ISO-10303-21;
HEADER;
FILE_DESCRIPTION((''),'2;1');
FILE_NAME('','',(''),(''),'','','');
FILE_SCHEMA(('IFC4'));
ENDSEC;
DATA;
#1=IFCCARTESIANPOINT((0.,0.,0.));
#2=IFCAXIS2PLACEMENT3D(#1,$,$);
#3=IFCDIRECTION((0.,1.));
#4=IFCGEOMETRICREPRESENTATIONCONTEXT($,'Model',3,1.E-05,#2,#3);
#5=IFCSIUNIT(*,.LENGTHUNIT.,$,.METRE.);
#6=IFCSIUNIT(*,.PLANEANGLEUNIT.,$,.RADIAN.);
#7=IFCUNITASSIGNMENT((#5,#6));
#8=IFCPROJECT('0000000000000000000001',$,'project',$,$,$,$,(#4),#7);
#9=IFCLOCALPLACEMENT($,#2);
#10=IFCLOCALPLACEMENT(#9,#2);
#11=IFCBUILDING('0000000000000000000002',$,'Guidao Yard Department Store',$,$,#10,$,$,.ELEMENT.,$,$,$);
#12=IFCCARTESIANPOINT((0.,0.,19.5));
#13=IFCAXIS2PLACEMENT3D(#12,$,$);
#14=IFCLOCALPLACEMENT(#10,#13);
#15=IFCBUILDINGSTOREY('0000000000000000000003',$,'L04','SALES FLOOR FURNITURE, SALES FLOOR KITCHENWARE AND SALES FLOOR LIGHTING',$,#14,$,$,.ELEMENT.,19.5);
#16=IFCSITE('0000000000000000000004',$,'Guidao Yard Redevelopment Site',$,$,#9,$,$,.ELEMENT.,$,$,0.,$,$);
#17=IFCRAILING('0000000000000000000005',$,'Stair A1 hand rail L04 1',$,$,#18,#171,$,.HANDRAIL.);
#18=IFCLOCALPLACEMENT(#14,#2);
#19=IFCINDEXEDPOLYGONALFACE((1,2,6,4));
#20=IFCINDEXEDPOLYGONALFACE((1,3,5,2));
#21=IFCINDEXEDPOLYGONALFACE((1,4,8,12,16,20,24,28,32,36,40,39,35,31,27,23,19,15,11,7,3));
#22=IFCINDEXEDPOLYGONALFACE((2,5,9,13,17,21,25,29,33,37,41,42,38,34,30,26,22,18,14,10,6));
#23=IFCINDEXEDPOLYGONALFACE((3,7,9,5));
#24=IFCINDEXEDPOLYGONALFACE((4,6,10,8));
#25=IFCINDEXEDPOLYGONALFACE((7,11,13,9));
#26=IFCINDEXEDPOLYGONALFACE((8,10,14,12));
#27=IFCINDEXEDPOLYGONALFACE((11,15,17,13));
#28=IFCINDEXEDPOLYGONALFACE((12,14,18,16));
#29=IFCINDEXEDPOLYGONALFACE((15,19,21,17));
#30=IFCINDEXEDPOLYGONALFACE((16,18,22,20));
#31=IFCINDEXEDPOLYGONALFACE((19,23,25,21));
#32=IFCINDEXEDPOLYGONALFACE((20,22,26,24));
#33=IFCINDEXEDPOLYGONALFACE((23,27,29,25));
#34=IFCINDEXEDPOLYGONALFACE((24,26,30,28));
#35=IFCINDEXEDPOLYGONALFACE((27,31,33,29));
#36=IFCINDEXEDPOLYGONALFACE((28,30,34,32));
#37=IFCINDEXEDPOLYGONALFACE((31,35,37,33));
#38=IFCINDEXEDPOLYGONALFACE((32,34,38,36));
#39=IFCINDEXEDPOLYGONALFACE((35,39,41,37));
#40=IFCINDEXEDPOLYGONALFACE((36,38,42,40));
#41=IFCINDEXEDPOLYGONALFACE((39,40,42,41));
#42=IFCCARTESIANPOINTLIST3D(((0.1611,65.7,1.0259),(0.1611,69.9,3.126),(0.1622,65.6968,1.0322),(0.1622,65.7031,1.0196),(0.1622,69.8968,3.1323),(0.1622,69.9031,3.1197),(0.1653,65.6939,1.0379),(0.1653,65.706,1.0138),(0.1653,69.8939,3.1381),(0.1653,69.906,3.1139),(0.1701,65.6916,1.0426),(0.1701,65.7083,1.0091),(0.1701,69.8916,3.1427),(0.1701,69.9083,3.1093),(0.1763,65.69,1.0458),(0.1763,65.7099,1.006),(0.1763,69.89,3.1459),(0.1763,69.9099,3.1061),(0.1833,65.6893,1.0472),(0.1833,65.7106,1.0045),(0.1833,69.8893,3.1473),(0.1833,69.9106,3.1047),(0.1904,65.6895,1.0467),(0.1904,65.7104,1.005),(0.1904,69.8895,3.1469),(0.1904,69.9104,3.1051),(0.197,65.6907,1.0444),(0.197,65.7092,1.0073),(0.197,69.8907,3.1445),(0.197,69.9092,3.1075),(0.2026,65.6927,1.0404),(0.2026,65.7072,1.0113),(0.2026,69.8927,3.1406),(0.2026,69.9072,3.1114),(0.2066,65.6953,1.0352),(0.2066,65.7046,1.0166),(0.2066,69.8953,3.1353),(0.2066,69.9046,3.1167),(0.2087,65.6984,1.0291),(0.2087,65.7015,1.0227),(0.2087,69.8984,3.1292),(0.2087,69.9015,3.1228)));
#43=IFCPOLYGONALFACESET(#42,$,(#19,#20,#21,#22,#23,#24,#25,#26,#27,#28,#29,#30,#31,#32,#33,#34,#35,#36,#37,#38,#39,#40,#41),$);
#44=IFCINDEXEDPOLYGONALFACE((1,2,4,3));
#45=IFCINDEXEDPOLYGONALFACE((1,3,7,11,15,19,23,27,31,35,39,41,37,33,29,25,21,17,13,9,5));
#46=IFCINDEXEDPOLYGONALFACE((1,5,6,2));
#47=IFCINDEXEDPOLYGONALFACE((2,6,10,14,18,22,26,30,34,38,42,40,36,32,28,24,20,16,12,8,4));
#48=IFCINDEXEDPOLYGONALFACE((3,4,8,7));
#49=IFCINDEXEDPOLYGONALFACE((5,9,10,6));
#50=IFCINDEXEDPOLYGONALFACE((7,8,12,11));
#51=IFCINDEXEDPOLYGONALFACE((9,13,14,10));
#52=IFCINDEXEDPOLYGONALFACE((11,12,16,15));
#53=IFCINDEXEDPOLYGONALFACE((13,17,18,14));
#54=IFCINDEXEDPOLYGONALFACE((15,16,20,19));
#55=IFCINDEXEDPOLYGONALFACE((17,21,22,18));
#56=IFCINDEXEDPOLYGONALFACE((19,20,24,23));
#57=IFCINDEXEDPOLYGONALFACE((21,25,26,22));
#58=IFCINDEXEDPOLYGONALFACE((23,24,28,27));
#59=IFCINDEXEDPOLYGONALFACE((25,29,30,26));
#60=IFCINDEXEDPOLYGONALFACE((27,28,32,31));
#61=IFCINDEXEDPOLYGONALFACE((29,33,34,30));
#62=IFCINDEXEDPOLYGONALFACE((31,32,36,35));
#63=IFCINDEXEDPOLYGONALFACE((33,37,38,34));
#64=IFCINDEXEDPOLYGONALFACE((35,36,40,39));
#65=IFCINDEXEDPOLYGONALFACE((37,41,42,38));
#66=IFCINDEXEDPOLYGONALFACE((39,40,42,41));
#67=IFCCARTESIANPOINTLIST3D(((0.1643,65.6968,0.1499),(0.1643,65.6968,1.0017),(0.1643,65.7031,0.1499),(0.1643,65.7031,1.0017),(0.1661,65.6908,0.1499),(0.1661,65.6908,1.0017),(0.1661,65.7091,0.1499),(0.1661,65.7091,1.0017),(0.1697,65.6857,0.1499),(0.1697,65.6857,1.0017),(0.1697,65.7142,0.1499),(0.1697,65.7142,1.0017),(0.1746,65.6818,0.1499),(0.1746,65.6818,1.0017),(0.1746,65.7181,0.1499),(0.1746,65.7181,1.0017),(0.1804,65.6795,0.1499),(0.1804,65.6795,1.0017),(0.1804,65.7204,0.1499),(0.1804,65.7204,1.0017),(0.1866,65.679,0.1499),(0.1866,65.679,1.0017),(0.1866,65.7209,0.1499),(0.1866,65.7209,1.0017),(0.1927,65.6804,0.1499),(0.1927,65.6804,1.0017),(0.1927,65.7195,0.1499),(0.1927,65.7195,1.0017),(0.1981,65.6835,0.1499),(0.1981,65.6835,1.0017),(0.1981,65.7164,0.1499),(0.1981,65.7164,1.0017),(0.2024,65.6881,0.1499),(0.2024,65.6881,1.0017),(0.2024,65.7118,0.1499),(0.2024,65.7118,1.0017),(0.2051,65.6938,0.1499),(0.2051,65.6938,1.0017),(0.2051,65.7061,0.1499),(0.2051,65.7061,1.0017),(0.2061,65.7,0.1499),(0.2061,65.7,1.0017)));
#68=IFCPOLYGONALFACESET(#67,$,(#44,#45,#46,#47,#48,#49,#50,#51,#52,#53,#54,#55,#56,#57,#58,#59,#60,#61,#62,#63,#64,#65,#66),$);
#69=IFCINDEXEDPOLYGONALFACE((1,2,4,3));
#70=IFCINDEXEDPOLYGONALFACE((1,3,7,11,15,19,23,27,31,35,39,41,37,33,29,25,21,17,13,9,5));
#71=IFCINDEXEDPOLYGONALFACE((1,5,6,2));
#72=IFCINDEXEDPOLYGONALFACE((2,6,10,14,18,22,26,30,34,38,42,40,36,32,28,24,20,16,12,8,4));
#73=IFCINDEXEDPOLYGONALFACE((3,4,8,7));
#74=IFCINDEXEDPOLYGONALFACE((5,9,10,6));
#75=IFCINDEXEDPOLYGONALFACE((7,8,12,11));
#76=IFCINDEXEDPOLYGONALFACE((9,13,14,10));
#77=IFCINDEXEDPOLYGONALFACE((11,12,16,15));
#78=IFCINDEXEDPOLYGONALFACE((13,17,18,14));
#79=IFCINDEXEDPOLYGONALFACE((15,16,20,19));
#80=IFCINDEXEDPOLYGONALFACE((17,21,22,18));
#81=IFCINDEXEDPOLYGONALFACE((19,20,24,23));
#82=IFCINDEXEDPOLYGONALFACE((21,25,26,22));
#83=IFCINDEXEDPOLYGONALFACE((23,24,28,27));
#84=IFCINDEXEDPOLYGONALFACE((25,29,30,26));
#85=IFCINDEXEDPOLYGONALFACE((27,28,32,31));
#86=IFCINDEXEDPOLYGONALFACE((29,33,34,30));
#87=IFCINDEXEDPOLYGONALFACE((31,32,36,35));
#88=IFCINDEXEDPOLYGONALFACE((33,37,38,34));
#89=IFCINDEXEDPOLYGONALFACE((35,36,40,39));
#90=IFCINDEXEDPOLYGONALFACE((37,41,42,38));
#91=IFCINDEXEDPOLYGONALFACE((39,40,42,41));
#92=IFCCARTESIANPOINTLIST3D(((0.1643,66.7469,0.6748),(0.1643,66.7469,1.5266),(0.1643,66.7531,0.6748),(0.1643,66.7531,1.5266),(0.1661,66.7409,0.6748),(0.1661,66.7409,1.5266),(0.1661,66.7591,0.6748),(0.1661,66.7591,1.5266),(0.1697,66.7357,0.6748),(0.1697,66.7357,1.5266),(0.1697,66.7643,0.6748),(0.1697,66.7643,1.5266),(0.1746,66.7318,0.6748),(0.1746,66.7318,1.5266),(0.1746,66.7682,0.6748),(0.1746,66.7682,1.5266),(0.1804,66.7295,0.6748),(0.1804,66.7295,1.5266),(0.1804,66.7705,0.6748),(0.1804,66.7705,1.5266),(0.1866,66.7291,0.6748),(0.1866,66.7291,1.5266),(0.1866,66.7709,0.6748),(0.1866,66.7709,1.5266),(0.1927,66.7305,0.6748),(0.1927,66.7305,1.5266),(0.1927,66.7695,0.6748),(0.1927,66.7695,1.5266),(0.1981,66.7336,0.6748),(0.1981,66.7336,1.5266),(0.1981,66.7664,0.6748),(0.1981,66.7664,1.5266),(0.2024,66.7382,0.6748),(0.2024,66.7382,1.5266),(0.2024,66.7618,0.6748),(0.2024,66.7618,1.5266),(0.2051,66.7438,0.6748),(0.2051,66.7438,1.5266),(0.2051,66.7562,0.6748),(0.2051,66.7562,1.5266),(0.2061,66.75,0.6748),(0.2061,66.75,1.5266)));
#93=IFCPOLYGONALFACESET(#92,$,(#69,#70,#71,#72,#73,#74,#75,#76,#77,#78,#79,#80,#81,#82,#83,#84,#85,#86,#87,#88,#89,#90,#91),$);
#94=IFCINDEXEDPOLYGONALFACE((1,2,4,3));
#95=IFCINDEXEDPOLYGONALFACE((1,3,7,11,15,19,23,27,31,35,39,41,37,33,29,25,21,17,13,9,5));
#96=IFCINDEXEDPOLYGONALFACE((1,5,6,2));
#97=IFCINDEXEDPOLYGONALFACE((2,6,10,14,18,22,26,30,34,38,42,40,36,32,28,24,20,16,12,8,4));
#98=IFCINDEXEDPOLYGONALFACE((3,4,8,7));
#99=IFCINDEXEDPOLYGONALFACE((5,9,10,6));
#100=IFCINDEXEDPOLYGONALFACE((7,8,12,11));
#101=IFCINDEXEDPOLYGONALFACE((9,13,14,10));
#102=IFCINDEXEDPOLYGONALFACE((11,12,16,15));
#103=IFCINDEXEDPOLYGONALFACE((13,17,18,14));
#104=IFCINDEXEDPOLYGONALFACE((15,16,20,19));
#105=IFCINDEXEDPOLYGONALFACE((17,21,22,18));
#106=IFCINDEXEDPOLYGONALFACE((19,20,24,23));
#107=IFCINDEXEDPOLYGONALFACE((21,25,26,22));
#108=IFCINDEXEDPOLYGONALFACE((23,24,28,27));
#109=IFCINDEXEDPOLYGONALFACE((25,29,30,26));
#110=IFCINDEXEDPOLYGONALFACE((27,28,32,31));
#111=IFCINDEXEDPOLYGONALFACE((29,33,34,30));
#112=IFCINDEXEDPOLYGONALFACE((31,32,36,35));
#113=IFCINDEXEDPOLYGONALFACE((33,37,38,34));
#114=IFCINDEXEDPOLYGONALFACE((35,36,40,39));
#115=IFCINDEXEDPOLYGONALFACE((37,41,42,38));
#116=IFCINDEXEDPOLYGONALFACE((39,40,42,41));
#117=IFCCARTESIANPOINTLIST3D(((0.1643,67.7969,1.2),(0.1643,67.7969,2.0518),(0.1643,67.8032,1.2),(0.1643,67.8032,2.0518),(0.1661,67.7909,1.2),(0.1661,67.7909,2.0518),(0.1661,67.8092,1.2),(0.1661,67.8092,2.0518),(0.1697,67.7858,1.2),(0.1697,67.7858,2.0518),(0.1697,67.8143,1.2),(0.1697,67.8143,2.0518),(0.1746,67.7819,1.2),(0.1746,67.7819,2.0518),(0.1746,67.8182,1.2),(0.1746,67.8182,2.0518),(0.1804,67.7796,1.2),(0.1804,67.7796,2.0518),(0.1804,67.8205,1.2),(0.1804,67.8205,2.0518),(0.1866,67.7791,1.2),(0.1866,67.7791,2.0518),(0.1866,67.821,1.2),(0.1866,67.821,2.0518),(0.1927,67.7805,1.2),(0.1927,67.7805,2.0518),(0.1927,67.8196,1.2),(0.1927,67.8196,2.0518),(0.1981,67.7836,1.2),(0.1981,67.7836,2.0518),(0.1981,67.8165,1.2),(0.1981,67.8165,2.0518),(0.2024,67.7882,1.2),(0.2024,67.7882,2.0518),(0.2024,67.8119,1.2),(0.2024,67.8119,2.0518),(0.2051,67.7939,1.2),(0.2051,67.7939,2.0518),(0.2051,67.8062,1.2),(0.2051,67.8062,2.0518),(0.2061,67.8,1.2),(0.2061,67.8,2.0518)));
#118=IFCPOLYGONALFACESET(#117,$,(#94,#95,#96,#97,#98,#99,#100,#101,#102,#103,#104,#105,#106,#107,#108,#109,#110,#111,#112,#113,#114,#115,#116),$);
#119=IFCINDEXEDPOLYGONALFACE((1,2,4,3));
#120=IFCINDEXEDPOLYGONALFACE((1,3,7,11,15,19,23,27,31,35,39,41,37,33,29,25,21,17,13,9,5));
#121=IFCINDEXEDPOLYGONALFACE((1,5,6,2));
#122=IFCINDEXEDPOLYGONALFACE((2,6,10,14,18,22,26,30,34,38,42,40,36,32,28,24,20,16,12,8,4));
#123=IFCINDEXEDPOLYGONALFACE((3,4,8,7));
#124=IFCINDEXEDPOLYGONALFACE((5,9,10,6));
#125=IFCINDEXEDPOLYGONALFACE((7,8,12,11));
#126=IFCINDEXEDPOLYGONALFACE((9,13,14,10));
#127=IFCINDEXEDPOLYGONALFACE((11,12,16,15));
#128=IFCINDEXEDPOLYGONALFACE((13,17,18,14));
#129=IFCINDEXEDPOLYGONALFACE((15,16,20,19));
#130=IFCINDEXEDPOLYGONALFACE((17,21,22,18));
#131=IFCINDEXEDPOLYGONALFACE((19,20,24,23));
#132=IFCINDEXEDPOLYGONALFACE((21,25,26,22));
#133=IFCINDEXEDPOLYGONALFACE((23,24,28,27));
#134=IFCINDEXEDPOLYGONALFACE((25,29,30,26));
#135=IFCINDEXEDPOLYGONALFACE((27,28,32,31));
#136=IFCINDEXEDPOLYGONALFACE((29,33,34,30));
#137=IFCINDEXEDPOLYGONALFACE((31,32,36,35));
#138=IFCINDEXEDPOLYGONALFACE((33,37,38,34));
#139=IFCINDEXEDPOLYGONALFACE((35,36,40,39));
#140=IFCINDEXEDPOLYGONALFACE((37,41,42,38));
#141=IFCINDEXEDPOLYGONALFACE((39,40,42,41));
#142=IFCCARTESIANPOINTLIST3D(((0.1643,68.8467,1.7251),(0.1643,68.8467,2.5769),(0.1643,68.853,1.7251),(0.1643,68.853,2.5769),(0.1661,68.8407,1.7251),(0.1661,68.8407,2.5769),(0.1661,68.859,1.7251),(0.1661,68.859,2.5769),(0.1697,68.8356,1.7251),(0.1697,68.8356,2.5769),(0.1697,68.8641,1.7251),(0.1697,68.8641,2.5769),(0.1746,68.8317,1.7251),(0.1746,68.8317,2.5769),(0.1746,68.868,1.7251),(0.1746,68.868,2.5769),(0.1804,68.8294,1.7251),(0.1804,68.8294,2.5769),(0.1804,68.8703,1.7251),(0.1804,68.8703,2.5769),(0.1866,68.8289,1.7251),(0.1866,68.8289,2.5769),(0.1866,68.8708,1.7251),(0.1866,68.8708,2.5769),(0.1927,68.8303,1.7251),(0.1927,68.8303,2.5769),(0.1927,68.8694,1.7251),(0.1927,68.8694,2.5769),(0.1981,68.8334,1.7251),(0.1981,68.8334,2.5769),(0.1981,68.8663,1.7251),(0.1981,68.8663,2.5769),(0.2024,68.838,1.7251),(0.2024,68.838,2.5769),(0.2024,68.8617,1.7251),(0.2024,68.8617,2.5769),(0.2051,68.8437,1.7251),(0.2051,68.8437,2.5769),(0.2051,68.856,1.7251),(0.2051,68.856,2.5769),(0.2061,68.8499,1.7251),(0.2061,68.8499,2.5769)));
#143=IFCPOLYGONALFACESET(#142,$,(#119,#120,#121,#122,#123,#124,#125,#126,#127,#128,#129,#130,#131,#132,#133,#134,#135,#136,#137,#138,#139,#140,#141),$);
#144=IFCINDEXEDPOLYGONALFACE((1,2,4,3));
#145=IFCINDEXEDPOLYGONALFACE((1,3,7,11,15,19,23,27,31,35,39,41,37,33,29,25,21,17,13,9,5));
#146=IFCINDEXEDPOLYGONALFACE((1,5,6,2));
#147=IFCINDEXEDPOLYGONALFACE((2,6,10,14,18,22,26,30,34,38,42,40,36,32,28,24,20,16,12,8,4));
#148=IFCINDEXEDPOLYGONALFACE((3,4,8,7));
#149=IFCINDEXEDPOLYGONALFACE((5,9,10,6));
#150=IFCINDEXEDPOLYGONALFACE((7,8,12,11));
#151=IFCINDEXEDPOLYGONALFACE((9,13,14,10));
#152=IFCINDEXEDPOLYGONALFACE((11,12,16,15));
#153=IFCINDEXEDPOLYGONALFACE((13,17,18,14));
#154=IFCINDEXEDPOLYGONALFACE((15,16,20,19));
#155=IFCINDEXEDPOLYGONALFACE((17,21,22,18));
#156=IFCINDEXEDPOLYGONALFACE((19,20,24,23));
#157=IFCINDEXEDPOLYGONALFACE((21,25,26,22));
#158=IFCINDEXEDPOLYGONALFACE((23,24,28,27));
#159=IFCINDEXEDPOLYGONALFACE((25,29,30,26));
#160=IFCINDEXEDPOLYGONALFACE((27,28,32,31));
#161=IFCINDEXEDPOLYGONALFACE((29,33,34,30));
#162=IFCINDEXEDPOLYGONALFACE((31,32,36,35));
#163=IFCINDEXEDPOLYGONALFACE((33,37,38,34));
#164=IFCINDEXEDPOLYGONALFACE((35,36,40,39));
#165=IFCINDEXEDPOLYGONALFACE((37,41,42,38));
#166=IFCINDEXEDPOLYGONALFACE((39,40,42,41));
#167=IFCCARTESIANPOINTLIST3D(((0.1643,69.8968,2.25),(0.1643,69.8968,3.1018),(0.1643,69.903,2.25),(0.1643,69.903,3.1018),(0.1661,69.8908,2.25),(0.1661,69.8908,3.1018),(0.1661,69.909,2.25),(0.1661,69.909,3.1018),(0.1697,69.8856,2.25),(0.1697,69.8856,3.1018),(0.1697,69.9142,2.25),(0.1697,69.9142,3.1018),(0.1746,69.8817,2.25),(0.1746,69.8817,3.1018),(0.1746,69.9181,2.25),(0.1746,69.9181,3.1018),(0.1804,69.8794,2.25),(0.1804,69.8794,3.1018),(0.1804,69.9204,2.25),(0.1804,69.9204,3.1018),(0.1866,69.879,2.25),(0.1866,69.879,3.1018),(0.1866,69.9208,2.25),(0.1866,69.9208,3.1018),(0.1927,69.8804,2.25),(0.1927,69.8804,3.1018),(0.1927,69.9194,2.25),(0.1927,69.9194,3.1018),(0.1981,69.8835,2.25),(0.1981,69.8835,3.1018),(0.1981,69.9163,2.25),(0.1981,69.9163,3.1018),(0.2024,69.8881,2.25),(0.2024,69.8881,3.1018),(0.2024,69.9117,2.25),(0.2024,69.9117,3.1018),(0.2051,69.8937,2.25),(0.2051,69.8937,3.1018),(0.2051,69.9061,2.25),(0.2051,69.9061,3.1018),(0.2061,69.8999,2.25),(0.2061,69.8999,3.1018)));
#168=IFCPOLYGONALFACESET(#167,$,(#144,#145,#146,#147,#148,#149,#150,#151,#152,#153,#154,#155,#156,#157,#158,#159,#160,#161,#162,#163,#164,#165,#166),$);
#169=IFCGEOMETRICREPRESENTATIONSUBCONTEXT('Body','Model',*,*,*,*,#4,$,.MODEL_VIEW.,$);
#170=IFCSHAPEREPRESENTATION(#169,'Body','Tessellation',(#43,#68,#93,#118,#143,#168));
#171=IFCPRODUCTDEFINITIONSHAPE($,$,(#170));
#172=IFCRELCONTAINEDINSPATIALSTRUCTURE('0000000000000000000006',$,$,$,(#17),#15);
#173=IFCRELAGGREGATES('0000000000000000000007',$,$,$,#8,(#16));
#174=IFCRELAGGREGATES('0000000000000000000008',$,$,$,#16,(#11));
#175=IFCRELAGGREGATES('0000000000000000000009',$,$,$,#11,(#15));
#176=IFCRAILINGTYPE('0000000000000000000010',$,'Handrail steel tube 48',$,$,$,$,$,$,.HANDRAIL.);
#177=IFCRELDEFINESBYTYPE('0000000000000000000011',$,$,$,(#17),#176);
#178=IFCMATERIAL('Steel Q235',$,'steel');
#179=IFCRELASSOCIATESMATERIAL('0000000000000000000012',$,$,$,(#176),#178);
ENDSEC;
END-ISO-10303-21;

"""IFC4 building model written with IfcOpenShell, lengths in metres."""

from ifc_helpers import new_model, si_unit, direction, frame, origin, origin_2d, place, context, subcontext, project, spatial, circle, extrude, material, type_object, element, save


model = new_model("IFC4")

# Units and contexts
model_context = context("Model", 3, precision=1e-05, world=origin(), true_north=direction((0.0, 1.0)))
body_context = subcontext(model_context, "Body", "Model", "MODEL_VIEW")
ifc_project = project(units=[si_unit("LENGTHUNIT", "METRE"), si_unit("PLANEANGLEUNIT", "RADIAN")], contexts=[model_context])

# Site, building, storey
site_placement = place(None, origin())
site = spatial("IfcSite", under=ifc_project, at=site_placement, Name="Guidao Yard Redevelopment Site", CompositionType="ELEMENT", RefElevation=0.0)
building_placement = place(site_placement, origin())
building = spatial("IfcBuilding", under=site, at=building_placement, Name="Guidao Yard Department Store", CompositionType="ELEMENT")
storey_placement = place(building_placement, frame((0.0, 0.0, 19.5)))
storey = spatial("IfcBuildingStorey", under=building, at=storey_placement, Name="L04", Description="SALES FLOOR FURNITURE, SALES FLOOR KITCHENWARE AND SALES FLOOR LIGHTING", CompositionType="ELEMENT", Elevation=19.5)

# Railing
ifc_material_1 = material(Name="Steel Q235", Category="steel")
railing_type_1 = type_object("IfcRailingType", Name="Handrail steel tube 48", PredefinedType="HANDRAIL", material=ifc_material_1)
for number, where, name in (
    (1, (0.1851, 65.7, 0.1499), "Stair A1 hand rail L04 1"),
):
    element("IfcRailing", number, at=place(storey_placement, frame(where)), inside=storey, type_object=railing_type_1, Name=name, PredefinedType="HANDRAIL", context=body_context, shape_type="SweptSolid", body=[
        extrude(circle(Radius=0.0239, at=origin_2d()), frame((0.0, 0.0, 0.876), z_axis=(0.0, 0.894417, 0.447234), x_axis=(-1.0, 0.0, 0.0)), (0.0, 0.0, 1.0), 4.6958),
        extrude(circle(Radius=0.021, at=origin_2d()), origin(), (0.0, 0.0, 1.0), 0.8518),
        extrude(circle(Radius=0.021, at=origin_2d()), frame((0.0, 1.05, 0.5249)), (0.0, 0.0, 1.0), 0.8518),
        extrude(circle(Radius=0.021, at=origin_2d()), frame((0.0, 2.1001, 1.05)), (0.0, 0.0, 1.0), 0.8518),
        extrude(circle(Radius=0.021, at=origin_2d()), frame((0.0, 3.1499, 1.5752)), (0.0, 0.0, 1.0), 0.8518),
        extrude(circle(Radius=0.021, at=origin_2d()), frame((0.0, 4.2, 2.1001)), (0.0, 0.0, 1.0), 0.8518),
    ])

save(model, "model.ifc")
